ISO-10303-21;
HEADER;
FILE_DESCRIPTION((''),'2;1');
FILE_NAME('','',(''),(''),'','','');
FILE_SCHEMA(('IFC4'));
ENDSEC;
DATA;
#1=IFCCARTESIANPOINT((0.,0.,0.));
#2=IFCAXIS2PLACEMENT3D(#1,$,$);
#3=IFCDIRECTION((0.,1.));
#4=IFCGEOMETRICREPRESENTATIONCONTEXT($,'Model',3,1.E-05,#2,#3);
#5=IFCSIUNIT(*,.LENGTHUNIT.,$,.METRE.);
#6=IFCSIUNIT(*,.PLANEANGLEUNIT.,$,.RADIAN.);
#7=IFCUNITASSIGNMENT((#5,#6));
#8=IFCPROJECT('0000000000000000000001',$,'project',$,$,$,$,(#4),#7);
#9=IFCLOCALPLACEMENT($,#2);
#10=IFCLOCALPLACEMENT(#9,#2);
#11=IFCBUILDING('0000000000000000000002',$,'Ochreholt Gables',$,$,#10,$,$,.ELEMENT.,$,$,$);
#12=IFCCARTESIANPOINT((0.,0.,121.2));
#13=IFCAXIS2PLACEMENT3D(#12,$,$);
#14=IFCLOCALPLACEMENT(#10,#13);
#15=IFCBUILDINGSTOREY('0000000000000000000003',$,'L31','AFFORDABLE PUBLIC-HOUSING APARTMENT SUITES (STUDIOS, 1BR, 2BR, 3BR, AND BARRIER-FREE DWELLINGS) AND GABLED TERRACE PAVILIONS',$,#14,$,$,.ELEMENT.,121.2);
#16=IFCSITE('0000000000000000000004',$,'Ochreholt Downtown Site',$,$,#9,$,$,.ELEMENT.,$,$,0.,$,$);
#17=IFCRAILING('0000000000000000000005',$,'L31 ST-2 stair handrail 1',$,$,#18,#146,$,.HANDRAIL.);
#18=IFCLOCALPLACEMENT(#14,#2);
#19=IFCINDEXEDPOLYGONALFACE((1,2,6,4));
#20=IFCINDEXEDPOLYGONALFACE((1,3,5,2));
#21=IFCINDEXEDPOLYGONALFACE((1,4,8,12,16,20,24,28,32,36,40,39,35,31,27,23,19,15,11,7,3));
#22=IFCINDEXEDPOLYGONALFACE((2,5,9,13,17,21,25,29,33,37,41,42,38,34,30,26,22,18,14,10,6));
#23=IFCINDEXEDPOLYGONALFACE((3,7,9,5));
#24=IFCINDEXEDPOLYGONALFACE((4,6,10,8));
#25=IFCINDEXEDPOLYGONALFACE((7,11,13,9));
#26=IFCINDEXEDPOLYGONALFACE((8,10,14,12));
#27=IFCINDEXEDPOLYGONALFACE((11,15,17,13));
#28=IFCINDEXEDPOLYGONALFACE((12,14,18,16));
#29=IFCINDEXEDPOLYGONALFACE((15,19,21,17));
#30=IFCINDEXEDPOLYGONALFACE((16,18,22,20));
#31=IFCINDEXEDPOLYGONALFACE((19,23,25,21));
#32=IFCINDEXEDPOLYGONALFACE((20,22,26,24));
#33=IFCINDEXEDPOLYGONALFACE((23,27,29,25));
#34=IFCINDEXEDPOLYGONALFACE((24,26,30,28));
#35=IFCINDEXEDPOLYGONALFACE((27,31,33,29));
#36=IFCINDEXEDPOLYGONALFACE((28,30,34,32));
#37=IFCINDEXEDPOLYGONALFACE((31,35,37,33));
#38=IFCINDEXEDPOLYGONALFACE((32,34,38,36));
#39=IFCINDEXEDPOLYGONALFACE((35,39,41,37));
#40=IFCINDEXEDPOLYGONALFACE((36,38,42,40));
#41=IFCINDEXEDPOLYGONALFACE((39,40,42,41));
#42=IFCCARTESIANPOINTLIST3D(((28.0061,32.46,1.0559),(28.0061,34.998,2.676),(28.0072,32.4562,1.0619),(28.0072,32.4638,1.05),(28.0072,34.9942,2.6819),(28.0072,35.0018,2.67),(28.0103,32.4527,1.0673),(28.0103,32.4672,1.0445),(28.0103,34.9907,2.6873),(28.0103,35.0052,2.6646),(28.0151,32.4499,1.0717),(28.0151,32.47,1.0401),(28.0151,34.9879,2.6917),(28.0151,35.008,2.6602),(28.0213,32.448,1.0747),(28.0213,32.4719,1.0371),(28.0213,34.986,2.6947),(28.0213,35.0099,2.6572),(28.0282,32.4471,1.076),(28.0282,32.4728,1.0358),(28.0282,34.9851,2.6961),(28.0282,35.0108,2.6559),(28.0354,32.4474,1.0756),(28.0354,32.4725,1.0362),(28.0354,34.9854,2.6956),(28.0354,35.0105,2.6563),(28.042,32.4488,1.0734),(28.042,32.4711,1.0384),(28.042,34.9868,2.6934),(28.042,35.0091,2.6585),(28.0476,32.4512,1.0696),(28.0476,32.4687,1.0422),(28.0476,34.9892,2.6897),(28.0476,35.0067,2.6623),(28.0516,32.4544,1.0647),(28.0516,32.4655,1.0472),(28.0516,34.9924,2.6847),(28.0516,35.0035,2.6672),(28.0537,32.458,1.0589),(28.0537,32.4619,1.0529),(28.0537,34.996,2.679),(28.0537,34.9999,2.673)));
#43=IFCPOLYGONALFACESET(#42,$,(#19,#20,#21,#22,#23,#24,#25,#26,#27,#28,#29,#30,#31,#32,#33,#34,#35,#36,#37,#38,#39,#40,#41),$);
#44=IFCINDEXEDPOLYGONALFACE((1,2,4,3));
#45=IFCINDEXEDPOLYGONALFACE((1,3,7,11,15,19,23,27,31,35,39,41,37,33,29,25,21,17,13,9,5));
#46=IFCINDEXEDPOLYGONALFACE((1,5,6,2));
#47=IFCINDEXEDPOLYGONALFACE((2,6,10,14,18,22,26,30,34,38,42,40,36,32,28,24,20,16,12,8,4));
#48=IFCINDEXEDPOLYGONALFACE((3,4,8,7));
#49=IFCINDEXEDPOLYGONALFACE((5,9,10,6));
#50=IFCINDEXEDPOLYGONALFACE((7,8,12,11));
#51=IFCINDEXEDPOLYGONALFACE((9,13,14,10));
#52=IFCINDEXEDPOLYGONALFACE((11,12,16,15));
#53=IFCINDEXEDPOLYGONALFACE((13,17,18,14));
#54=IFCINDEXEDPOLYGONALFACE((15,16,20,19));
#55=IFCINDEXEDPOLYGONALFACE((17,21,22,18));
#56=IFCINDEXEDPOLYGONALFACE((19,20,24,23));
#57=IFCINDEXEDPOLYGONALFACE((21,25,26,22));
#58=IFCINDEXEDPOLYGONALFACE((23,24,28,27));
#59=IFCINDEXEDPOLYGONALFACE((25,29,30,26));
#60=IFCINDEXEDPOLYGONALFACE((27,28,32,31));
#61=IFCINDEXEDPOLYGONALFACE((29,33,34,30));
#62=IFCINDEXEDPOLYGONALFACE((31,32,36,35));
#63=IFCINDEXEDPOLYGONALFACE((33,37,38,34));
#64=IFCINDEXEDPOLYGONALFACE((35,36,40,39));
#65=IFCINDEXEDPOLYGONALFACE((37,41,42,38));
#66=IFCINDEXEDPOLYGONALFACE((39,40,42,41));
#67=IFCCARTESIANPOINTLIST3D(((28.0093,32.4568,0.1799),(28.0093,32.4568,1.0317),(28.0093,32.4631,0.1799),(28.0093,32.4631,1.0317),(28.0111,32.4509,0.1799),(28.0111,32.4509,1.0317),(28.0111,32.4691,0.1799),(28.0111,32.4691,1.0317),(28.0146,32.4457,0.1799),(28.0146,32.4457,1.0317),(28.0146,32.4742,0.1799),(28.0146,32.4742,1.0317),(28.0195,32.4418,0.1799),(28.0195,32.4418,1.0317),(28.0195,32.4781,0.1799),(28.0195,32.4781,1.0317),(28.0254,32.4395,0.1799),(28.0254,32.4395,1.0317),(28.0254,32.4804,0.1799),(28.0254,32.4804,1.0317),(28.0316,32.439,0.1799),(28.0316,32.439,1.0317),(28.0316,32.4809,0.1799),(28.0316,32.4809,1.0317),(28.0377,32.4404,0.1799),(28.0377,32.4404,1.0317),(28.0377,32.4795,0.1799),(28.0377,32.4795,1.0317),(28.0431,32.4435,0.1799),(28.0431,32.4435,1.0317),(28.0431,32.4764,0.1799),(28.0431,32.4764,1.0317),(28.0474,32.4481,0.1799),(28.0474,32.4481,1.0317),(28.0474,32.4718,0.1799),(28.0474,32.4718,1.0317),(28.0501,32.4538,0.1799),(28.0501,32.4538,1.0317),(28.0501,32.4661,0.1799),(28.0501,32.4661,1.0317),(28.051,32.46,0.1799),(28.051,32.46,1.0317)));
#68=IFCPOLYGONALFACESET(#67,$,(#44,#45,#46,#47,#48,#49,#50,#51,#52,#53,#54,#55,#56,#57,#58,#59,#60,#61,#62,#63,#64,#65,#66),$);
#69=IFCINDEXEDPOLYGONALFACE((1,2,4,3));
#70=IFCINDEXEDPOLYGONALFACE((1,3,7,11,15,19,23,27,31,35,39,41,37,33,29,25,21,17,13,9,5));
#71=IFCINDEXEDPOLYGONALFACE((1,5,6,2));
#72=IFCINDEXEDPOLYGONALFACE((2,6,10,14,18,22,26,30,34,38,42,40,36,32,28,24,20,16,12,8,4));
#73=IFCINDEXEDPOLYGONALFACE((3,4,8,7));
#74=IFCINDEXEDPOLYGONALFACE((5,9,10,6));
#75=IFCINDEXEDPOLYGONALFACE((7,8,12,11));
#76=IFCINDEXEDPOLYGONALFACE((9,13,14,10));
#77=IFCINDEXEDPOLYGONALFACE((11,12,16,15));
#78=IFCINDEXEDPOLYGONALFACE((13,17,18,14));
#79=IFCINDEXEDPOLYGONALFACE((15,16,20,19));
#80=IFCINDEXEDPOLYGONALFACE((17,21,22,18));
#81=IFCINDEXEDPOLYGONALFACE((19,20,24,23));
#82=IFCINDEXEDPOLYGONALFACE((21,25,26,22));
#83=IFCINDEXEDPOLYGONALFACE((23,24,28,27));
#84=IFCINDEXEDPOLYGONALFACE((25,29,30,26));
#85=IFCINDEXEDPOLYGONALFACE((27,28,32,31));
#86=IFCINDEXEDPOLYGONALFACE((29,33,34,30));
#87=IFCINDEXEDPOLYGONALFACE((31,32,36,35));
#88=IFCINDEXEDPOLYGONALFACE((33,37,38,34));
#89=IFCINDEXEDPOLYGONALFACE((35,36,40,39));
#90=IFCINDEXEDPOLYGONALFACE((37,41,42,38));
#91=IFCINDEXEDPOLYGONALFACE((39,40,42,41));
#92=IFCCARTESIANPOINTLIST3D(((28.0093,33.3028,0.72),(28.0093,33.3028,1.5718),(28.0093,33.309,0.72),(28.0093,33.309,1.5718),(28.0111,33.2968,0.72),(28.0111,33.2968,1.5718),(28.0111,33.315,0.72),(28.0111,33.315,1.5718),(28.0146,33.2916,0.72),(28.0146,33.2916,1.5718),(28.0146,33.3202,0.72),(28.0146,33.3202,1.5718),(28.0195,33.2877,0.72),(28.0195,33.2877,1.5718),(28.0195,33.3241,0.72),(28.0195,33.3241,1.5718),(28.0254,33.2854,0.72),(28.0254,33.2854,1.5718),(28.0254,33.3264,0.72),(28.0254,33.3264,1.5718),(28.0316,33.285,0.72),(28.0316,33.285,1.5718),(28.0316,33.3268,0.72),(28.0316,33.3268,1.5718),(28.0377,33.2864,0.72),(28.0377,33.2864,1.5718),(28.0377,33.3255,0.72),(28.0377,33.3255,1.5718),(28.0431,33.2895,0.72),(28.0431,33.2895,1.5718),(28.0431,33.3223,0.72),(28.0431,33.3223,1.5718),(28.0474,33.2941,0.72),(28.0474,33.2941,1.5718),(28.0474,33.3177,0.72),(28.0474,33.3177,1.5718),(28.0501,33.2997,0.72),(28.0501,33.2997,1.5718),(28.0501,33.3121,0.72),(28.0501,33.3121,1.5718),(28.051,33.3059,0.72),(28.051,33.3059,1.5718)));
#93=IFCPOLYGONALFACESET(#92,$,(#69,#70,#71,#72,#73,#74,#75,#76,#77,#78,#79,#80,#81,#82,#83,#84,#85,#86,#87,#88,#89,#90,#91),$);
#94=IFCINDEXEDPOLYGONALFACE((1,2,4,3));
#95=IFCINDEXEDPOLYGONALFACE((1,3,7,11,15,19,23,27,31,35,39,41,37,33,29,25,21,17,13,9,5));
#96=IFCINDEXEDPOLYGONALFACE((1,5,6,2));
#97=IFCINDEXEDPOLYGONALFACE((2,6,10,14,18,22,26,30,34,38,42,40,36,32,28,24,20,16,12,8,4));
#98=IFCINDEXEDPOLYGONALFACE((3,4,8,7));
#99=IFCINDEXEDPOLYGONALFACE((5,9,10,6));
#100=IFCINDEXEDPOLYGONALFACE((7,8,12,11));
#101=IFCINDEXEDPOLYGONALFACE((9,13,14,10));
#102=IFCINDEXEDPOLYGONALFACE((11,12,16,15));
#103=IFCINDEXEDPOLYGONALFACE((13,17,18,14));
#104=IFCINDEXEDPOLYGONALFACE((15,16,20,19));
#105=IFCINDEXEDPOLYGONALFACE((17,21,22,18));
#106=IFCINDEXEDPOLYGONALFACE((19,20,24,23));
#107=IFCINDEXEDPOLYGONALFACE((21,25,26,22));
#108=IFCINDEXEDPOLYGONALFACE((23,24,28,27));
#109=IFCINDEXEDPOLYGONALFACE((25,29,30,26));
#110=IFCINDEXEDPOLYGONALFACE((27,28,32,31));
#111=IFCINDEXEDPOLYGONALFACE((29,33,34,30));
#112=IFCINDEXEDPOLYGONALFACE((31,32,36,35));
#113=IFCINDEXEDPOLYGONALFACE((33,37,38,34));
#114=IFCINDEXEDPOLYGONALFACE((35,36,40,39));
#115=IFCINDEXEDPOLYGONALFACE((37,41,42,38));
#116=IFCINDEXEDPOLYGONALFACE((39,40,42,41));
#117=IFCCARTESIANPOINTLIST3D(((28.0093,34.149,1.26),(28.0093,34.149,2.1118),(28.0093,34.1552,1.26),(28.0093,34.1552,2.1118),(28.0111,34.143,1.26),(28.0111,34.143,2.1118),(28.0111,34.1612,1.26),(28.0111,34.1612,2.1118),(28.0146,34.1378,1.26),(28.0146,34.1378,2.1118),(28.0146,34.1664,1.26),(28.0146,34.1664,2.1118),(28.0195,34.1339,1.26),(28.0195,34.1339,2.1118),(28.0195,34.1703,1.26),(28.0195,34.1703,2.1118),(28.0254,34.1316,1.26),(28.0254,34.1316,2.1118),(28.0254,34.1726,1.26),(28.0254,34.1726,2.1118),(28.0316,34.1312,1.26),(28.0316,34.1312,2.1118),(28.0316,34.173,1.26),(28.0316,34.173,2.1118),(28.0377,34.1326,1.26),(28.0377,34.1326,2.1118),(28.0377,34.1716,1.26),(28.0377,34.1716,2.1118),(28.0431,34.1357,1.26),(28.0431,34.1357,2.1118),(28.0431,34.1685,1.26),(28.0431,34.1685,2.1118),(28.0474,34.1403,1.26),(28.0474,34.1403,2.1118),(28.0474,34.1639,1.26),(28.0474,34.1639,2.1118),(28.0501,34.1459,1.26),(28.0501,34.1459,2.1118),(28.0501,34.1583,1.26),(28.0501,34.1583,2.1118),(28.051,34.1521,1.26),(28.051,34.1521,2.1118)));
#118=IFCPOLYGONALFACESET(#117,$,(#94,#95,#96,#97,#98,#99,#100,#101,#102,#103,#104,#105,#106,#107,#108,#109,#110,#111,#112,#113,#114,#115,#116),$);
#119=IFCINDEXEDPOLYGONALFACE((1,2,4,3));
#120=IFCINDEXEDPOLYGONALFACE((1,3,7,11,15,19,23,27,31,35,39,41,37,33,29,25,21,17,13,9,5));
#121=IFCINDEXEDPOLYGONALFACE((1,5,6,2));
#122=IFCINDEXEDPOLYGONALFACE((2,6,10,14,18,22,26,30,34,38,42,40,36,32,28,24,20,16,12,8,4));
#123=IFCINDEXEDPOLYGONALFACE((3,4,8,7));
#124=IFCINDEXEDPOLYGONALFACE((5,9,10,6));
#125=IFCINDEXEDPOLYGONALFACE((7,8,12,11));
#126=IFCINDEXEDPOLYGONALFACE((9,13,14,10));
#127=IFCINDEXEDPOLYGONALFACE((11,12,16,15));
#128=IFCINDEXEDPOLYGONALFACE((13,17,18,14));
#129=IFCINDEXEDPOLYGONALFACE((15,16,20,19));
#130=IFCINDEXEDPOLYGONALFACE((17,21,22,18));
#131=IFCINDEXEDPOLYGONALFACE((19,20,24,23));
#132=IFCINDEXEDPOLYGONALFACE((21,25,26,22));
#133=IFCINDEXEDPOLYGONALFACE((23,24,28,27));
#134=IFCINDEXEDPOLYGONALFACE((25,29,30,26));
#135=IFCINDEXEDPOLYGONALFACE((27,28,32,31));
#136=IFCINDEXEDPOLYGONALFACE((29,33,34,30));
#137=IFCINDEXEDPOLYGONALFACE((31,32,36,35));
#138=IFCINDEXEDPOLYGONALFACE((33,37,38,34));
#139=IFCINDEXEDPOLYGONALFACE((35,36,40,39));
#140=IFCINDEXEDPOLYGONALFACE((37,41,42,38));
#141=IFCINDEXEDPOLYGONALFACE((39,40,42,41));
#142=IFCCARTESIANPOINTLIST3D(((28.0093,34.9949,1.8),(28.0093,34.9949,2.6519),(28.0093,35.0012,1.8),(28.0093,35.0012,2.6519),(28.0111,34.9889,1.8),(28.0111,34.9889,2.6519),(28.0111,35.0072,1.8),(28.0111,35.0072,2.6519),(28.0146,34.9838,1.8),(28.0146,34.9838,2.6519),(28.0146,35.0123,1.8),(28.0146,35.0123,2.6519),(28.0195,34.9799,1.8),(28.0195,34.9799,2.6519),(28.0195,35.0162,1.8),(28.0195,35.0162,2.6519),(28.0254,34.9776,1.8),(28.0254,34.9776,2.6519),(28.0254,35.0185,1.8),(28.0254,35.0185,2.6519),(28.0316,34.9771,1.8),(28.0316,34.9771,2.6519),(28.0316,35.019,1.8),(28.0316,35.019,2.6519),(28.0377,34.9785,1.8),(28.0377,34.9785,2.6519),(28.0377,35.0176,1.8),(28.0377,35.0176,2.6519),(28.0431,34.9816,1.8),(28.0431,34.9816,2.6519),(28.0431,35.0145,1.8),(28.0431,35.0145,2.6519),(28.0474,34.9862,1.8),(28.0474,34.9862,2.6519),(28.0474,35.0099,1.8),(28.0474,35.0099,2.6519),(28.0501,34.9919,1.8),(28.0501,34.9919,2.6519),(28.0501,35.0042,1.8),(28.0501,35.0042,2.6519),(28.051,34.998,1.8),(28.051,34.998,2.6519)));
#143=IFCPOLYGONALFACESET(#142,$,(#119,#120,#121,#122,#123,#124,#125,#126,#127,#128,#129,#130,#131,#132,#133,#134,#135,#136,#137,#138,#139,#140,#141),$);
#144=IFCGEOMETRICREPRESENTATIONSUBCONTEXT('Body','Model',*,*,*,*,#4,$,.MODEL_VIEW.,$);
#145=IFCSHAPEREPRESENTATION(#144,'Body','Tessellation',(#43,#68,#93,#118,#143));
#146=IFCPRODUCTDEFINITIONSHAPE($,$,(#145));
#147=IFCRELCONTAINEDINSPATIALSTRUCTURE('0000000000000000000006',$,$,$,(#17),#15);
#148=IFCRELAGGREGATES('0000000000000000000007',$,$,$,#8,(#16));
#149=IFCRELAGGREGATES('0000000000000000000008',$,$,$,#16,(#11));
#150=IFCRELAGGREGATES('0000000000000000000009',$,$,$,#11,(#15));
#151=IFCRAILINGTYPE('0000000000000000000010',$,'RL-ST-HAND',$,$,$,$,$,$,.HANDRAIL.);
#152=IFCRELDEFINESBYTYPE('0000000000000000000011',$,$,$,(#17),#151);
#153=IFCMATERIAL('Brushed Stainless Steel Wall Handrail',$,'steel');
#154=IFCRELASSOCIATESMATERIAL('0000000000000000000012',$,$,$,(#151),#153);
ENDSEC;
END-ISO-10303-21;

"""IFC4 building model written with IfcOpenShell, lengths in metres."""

from ifc_helpers import new_model, si_unit, direction, frame, origin, origin_2d, place, context, subcontext, project, spatial, circle, extrude, material, type_object, element, save


model = new_model("IFC4")

# Units and contexts
model_context = context("Model", 3, precision=1e-05, world=origin(), true_north=direction((0.0, 1.0)))
body_context = subcontext(model_context, "Body", "Model", "MODEL_VIEW")
ifc_project = project(units=[si_unit("LENGTHUNIT", "METRE"), si_unit("PLANEANGLEUNIT", "RADIAN")], contexts=[model_context])

# Site, building, storey
site_placement = place(None, origin())
site = spatial("IfcSite", under=ifc_project, at=site_placement, Name="Ochreholt Downtown Site", CompositionType="ELEMENT", RefElevation=0.0)
building_placement = place(site_placement, origin())
building = spatial("IfcBuilding", under=site, at=building_placement, Name="Ochreholt Gables", CompositionType="ELEMENT")
storey_placement = place(building_placement, frame((0.0, 0.0, 121.2)))
storey = spatial("IfcBuildingStorey", under=building, at=storey_placement, Name="L31", Description="AFFORDABLE PUBLIC-HOUSING APARTMENT SUITES (STUDIOS, 1BR, 2BR, 3BR, AND BARRIER-FREE DWELLINGS) AND GABLED TERRACE PAVILIONS", CompositionType="ELEMENT", Elevation=121.2)

# Railing
ifc_material_1 = material(Name="Brushed Stainless Steel Wall Handrail", Category="steel")
railing_type = type_object("IfcRailingType", Name="RL-ST-HAND", PredefinedType="HANDRAIL", material=ifc_material_1)
railing_placement = place(storey_placement, frame((28.03, 32.46, 0.1799)))
element("IfcRailing", 1, at=railing_placement, inside=storey, type_object=railing_type, Name="L31 ST-2 stair handrail 1", PredefinedType="HANDRAIL", context=body_context, shape_type="SweptSolid", body=[
    extrude(circle(Radius=0.0239, at=origin_2d()), frame((0.0, 0.0, 0.876), z_axis=(0.0, 0.842913, 0.53805), x_axis=(-1.0, 0.0, 0.0)), (0.0, 0.0, 1.0), 3.011),
    extrude(circle(Radius=0.021, at=origin_2d()), origin(), (0.0, 0.0, 1.0), 0.8518),
    extrude(circle(Radius=0.021, at=origin_2d()), frame((0.0, 0.8459, 0.54)), (0.0, 0.0, 1.0), 0.8518),
    extrude(circle(Radius=0.021, at=origin_2d()), frame((0.0, 1.6921, 1.0801)), (0.0, 0.0, 1.0), 0.8518),
    extrude(circle(Radius=0.021, at=origin_2d()), frame((0.0, 2.5381, 1.6201)), (0.0, 0.0, 1.0), 0.8518),
])

save(model, "model.ifc")
